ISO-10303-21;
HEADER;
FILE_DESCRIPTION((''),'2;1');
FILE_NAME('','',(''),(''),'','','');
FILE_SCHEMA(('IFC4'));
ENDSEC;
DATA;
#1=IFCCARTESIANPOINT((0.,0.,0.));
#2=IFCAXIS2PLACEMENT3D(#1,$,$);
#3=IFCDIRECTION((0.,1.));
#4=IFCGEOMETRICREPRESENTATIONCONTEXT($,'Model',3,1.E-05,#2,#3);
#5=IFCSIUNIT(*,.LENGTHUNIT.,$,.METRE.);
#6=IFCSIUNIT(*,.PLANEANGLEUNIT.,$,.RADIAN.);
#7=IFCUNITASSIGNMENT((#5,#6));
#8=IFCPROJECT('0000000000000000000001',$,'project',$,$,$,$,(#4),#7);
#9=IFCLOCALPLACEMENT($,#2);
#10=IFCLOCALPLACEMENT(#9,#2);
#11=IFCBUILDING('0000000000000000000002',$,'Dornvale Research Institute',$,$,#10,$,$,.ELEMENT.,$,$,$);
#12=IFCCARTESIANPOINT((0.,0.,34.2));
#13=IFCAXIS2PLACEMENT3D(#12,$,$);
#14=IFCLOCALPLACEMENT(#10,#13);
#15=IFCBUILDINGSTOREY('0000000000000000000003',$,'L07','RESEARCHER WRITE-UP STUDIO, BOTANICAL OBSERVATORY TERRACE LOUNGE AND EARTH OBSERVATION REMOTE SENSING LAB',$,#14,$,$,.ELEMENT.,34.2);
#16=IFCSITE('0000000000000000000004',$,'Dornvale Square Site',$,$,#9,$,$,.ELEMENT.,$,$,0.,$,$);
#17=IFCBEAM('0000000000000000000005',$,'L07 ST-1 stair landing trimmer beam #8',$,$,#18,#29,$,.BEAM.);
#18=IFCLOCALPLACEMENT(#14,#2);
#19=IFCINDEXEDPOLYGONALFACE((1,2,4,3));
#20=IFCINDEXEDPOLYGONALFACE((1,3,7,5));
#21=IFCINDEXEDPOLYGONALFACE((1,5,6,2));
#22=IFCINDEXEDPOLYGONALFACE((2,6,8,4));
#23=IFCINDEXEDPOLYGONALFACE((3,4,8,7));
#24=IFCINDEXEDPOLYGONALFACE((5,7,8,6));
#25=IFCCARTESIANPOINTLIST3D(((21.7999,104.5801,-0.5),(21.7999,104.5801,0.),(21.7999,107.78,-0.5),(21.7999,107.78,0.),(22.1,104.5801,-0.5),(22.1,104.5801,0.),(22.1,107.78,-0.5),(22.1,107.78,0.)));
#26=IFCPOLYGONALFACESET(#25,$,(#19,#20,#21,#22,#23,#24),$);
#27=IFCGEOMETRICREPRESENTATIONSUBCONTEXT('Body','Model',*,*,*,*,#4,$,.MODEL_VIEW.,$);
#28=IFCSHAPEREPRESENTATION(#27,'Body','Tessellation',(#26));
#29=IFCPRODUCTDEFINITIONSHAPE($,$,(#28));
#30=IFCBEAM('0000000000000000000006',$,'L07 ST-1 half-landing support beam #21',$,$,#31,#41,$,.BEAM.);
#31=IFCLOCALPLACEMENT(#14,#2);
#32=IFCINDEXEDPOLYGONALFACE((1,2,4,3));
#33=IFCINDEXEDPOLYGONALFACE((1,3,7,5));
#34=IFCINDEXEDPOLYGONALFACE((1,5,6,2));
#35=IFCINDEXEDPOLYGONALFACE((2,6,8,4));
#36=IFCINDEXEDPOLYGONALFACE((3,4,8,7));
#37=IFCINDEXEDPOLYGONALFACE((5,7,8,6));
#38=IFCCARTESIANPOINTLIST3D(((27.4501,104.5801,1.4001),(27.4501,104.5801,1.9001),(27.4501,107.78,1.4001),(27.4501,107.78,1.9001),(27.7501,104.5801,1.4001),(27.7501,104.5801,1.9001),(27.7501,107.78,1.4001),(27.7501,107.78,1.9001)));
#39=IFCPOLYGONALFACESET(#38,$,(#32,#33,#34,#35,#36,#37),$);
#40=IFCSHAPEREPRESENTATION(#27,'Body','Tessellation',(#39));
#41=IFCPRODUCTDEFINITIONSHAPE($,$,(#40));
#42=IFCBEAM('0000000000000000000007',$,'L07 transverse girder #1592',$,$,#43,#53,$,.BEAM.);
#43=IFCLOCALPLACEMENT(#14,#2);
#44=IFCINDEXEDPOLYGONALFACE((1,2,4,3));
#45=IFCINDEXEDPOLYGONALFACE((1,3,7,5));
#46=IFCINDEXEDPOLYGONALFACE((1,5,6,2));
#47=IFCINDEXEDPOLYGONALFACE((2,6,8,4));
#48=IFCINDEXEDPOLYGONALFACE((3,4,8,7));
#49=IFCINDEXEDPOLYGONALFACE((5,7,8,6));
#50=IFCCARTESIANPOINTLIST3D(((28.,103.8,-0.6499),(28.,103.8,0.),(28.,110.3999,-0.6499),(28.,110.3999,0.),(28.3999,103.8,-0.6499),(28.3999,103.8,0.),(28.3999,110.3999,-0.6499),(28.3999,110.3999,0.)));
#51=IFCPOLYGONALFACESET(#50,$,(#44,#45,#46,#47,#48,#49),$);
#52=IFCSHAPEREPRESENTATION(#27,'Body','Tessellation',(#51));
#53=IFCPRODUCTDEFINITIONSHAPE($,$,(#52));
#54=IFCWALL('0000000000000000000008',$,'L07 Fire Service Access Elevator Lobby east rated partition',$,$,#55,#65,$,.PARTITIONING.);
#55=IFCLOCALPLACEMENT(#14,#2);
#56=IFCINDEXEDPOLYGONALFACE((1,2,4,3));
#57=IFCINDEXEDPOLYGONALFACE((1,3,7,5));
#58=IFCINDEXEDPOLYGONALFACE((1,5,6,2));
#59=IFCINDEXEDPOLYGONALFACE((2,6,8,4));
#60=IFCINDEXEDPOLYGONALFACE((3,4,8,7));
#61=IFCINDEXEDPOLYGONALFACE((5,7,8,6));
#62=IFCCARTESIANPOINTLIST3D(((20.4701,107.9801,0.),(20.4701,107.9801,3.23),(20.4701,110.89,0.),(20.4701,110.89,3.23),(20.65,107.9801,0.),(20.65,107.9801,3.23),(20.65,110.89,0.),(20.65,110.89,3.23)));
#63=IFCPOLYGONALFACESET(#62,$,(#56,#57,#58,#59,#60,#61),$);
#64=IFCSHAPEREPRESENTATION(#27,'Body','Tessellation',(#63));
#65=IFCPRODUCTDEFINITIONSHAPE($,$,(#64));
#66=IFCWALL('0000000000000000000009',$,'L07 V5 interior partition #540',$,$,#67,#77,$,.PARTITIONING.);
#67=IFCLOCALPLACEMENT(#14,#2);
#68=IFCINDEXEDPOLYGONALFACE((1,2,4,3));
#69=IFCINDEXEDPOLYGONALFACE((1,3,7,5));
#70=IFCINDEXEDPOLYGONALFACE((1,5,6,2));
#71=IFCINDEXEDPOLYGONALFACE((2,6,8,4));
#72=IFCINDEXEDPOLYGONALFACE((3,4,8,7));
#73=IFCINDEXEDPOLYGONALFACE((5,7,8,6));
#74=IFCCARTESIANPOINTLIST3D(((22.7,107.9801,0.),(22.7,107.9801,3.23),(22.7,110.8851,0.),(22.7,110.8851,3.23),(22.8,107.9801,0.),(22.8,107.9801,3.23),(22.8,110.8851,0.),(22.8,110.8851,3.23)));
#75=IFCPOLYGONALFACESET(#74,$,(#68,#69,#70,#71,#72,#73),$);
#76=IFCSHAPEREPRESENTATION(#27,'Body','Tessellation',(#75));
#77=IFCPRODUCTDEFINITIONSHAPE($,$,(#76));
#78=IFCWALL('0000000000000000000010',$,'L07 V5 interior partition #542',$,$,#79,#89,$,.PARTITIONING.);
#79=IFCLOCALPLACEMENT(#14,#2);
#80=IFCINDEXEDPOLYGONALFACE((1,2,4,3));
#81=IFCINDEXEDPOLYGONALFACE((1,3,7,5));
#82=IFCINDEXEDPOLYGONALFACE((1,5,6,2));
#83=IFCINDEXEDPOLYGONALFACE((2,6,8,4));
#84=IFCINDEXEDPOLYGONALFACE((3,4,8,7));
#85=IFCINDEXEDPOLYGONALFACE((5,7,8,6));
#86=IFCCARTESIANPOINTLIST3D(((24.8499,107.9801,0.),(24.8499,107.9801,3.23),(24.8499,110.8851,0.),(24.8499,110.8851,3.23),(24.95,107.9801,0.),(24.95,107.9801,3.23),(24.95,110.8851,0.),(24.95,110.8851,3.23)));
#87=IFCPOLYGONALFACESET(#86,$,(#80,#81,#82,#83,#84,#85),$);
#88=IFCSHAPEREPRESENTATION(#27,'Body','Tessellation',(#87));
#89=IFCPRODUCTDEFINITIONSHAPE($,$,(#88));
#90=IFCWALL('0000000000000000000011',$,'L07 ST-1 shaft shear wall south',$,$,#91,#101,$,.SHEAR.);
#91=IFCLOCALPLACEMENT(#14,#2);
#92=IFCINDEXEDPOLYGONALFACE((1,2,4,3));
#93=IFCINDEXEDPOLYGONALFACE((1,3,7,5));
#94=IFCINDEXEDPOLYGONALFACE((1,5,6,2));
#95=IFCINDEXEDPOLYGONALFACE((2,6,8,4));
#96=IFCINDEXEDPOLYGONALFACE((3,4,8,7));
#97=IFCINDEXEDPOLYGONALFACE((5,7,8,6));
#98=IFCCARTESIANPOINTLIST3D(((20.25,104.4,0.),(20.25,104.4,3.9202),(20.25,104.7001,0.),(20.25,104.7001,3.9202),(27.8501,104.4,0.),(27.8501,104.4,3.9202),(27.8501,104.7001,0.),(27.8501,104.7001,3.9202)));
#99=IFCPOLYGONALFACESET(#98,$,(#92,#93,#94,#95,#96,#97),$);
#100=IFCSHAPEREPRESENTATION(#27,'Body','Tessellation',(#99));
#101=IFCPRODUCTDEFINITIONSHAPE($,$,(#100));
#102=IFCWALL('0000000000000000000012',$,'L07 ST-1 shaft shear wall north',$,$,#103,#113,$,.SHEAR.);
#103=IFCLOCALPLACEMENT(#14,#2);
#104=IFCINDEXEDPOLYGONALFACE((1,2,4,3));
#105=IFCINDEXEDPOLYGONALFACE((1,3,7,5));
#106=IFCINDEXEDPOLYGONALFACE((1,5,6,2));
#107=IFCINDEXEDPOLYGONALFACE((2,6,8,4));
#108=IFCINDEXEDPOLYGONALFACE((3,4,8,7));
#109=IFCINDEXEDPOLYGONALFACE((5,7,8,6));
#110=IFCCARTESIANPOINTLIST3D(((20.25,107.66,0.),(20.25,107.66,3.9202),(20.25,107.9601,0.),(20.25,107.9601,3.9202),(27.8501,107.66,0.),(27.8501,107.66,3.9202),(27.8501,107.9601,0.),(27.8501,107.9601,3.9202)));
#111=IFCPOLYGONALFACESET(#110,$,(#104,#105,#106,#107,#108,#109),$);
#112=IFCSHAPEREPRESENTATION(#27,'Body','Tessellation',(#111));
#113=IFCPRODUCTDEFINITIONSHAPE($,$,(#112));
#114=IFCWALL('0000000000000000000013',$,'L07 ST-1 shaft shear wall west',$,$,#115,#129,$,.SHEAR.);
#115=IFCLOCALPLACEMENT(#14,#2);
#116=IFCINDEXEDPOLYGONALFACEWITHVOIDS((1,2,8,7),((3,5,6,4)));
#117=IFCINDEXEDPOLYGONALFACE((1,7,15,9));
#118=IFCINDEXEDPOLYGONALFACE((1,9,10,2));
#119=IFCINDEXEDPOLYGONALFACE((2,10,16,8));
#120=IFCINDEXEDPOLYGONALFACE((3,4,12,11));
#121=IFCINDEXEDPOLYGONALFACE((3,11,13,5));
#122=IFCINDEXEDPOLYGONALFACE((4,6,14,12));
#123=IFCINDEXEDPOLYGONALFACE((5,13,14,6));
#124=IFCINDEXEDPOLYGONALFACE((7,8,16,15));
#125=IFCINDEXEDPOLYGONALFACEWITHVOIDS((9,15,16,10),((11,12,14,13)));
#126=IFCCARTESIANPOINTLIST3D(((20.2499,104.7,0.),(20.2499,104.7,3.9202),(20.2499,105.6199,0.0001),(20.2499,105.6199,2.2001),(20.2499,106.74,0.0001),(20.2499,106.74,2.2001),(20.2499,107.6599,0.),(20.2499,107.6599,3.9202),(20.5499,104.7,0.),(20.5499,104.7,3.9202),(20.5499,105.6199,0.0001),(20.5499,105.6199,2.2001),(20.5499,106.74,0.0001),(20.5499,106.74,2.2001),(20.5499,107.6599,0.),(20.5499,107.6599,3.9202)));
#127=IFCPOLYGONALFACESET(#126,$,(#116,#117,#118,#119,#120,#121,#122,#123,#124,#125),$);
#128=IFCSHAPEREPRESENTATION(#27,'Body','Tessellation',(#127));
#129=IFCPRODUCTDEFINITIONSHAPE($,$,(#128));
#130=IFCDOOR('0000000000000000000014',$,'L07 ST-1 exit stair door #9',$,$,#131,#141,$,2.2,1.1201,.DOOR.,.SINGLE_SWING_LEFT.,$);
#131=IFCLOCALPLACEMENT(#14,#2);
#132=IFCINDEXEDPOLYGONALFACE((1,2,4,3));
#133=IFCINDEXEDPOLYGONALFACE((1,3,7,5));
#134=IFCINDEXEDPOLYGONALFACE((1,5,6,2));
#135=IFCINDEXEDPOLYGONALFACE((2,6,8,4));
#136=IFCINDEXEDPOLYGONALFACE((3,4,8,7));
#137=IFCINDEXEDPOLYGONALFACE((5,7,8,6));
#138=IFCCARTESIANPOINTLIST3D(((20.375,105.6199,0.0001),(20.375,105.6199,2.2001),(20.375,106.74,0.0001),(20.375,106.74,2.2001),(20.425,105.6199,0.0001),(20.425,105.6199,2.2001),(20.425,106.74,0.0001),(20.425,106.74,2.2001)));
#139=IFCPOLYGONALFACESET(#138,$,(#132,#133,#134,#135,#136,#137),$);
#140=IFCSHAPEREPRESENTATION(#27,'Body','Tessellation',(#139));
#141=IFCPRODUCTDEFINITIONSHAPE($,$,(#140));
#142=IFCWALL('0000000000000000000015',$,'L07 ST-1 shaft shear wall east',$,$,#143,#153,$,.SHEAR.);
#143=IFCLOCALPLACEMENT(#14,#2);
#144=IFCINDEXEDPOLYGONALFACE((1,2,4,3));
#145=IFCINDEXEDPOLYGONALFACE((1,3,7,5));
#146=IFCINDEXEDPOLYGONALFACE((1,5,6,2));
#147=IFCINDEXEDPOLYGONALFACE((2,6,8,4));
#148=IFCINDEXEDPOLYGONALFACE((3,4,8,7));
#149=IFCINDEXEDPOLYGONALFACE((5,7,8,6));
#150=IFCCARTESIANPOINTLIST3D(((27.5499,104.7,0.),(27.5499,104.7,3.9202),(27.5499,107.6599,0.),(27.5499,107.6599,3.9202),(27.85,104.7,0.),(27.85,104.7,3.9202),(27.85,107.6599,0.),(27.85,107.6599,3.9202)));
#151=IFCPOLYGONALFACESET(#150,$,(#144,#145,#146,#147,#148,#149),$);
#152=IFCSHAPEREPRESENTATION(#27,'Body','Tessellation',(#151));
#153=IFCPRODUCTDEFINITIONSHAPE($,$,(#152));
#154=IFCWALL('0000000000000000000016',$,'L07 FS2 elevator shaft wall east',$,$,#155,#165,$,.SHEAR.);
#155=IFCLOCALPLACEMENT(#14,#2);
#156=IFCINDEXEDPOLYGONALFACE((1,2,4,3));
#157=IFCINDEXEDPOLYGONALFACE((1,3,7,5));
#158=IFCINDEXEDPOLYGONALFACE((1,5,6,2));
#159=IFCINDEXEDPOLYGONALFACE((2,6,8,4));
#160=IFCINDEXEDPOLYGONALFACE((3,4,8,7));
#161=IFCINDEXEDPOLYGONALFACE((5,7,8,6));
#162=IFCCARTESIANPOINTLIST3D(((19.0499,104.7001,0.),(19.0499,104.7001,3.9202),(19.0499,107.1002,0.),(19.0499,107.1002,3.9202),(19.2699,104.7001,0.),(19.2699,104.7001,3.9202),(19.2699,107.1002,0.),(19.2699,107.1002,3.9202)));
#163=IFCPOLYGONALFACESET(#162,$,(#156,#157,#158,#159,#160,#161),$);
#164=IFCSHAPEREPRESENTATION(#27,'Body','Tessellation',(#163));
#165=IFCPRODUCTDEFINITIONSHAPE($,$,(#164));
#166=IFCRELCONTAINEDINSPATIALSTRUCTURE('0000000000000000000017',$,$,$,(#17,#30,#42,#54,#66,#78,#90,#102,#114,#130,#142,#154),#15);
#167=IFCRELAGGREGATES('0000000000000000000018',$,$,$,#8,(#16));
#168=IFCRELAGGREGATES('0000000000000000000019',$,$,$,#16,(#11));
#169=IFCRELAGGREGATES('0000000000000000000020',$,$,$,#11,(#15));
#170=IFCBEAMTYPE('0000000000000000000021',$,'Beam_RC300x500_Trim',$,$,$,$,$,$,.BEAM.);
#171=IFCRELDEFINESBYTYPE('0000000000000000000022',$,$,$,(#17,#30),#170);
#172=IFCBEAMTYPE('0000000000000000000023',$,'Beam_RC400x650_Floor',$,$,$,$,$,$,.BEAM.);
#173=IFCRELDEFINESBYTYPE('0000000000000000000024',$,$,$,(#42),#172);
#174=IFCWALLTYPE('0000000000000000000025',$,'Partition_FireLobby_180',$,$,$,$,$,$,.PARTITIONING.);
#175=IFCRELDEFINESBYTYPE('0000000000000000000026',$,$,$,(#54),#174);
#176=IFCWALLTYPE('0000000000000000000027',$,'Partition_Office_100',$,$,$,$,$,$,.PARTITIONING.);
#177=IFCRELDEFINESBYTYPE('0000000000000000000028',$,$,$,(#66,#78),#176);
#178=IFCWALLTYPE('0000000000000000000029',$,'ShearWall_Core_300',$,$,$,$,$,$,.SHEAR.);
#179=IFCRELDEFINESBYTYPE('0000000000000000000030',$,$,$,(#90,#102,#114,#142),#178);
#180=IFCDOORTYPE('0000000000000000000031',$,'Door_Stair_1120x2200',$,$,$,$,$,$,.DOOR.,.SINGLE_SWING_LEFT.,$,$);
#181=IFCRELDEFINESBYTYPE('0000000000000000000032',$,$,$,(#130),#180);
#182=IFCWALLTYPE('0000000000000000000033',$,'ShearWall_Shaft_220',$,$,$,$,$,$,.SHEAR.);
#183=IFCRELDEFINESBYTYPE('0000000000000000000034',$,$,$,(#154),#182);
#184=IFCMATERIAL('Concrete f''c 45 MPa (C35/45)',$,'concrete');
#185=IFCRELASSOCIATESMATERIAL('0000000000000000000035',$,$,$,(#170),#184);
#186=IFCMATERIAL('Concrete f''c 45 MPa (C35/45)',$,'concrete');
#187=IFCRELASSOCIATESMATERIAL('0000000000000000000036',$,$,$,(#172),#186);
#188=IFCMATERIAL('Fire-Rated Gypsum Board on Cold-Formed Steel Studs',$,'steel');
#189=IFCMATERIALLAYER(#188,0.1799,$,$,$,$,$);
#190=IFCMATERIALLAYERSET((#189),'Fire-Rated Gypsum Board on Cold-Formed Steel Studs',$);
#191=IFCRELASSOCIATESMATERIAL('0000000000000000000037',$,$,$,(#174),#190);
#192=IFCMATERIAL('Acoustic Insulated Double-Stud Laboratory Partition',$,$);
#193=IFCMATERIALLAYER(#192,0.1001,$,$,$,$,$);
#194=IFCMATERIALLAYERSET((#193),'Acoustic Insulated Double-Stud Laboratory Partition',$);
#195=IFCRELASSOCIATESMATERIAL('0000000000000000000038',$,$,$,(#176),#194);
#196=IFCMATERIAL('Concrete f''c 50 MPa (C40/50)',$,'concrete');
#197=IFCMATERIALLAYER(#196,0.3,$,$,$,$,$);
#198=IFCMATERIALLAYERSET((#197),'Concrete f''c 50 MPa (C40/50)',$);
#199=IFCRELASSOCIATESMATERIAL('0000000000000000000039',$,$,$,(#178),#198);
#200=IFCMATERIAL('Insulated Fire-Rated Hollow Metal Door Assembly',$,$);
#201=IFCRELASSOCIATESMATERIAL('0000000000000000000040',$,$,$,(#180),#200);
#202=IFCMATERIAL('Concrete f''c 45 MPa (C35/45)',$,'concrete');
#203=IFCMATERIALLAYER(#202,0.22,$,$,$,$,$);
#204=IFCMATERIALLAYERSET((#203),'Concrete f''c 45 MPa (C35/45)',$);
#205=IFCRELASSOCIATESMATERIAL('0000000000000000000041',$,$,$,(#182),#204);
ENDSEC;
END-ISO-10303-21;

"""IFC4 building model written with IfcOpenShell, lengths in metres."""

from ifc_helpers import new_model, si_unit, direction, frame, frame_2d, origin, origin_2d, place, context, subcontext, project, spatial, rectangle, extrude, material, layer, layer_set, material_profile, profile_set, type_object, element, fill, save


model = new_model("IFC4")

# Units and contexts
model_context = context("Model", 3, precision=1e-05, world=origin(), true_north=direction((0.0, 1.0)))
body_context = subcontext(model_context, "Body", "Model", "MODEL_VIEW")
ifc_project = project(units=[si_unit("LENGTHUNIT", "METRE"), si_unit("PLANEANGLEUNIT", "RADIAN")], contexts=[model_context])

# Site, building, storey
site_placement = place(None, origin())
site = spatial("IfcSite", under=ifc_project, at=site_placement, Name="Dornvale Square Site", CompositionType="ELEMENT", RefElevation=0.0)
building_placement = place(site_placement, origin())
building = spatial("IfcBuilding", under=site, at=building_placement, Name="Dornvale Research Institute", CompositionType="ELEMENT")
storey_placement = place(building_placement, frame((0.0, 0.0, 34.2)))
storey = spatial("IfcBuildingStorey", under=building, at=storey_placement, Name="L07", Description="RESEARCHER WRITE-UP STUDIO, BOTANICAL OBSERVATORY TERRACE LOUNGE AND EARTH OBSERVATION REMOTE SENSING LAB", CompositionType="ELEMENT", Elevation=34.2)

# Beams
ifc_material_1 = material(Name="Concrete f'c 45 MPa (C35/45)", Category="concrete")
ifc_material_profile_1 = material_profile(ifc_material_1, rectangle(XDim=0.3, YDim=0.5, at=origin_2d()), Name="RC 300x500")
ifc_profile_set_1 = profile_set([ifc_material_profile_1], Name="Concrete f'c 45 MPa (C35/45)")
beam_type_1 = type_object("IfcBeamType", Name="Beam_RC300x500_Trim", PredefinedType="BEAM", material=ifc_profile_set_1)
for number, where, z_axis, x_axis, name in (
    (1, (21.95, 104.5801, -0.25), (0.0, 1.0, 0.0), (-1.0, 0.0, 0.0), "L07 ST-1 stair landing trimmer beam #8"),
    (2, (27.6001, 104.5801, 1.6501), (0.0, 1.0, 0.0), (-1.0, 0.0, 0.0), "L07 ST-1 half-landing support beam #21"),
):
    element("IfcBeam", number, at=place(storey_placement, frame(where, z_axis=z_axis, x_axis=x_axis)), inside=storey, type_object=beam_type_1, Name=name, PredefinedType="BEAM", context=body_context, shape_type="SweptSolid", body=[
        extrude(rectangle(XDim=0.3, YDim=0.5, at=origin_2d()), origin(), (0.0, 0.0, 1.0), 3.2),
    ])
ifc_material_2 = material(Name="Concrete f'c 45 MPa (C35/45)", Category="concrete")
ifc_material_profile_2 = material_profile(ifc_material_2, rectangle(XDim=0.3999, YDim=0.6499, at=origin_2d()), Name="RC 400x650")
ifc_profile_set_2 = profile_set([ifc_material_profile_2], Name="Concrete f'c 45 MPa (C35/45)")
beam_type_2 = type_object("IfcBeamType", Name="Beam_RC400x650_Floor", PredefinedType="BEAM", material=ifc_profile_set_2)
beam_placement = place(storey_placement, frame((28.2, 103.8, -0.325), z_axis=(0.0, 1.0, 0.0), x_axis=(-1.0, 0.0, 0.0)))
element("IfcBeam", 3, at=beam_placement, inside=storey, type_object=beam_type_2, Name="L07 transverse girder #1592", PredefinedType="BEAM", context=body_context, shape_type="SweptSolid", body=[
    extrude(rectangle(XDim=0.3999, YDim=0.6499, at=origin_2d()), origin(), (0.0, 0.0, 1.0), 6.5999),
])

# Walls
ifc_material_3 = material(Name="Fire-Rated Gypsum Board on Cold-Formed Steel Studs", Category="steel")
ifc_layer_1 = layer(ifc_material_3, 0.1799)
ifc_layer_set_1 = layer_set([ifc_layer_1], Name="Fire-Rated Gypsum Board on Cold-Formed Steel Studs")
wall_type_1 = type_object("IfcWallType", Name="Partition_FireLobby_180", PredefinedType="PARTITIONING", material=ifc_layer_set_1)
wall_1_placement = place(storey_placement, frame((20.5601, 107.98, 0.0), z_axis=(0.0, 0.0, 1.0), x_axis=(0.0, 1.0, 0.0)))
element("IfcWall", 4, at=wall_1_placement, inside=storey, type_object=wall_type_1, Name="L07 Fire Service Access Elevator Lobby east rated partition", PredefinedType="PARTITIONING", context=body_context, shape_type="SweptSolid", body=[
    extrude(rectangle(XDim=2.9099, YDim=0.1799, at=frame_2d((1.4551, 0.0))), origin(), (0.0, 0.0, 1.0), 3.23),
])
ifc_material_4 = material(Name="Acoustic Insulated Double-Stud Laboratory Partition")
ifc_layer_2 = layer(ifc_material_4, 0.1001)
ifc_layer_set_2 = layer_set([ifc_layer_2], Name="Acoustic Insulated Double-Stud Laboratory Partition")
wall_type_2 = type_object("IfcWallType", Name="Partition_Office_100", PredefinedType="PARTITIONING", material=ifc_layer_set_2)
for number, where, z_axis, x_axis, name in (
    (5, (22.75, 107.98, 0.0), (0.0, 0.0, 1.0), (0.0, 1.0, 0.0), "L07 V5 interior partition #540"),
    (6, (24.8999, 107.98, 0.0), (0.0, 0.0, 1.0), (0.0, 1.0, 0.0), "L07 V5 interior partition #542"),
):
    element("IfcWall", number, at=place(storey_placement, frame(where, z_axis=z_axis, x_axis=x_axis)), inside=storey, type_object=wall_type_2, Name=name, PredefinedType="PARTITIONING", context=body_context, shape_type="SweptSolid", body=[
        extrude(rectangle(XDim=2.905, YDim=0.1001, at=frame_2d((1.4526, 0.0))), origin(), (0.0, 0.0, 1.0), 3.23),
    ])
ifc_material_5 = material(Name="Concrete f'c 50 MPa (C40/50)", Category="concrete")
ifc_layer_3 = layer(ifc_material_5, 0.3)
ifc_layer_set_3 = layer_set([ifc_layer_3], Name="Concrete f'c 50 MPa (C40/50)")
wall_type_3 = type_object("IfcWallType", Name="ShearWall_Core_300", PredefinedType="SHEAR", material=ifc_layer_set_3)
for number, where, z_axis, x_axis, name in (
    (7, (20.25, 104.55, 0.0), (0.0, 0.0, 1.0), (1.0, 0.0, 0.0), "L07 ST-1 shaft shear wall south"),
    (8, (20.25, 107.8101, 0.0), (0.0, 0.0, 1.0), (1.0, 0.0, 0.0), "L07 ST-1 shaft shear wall north"),
):
    element("IfcWall", number, at=place(storey_placement, frame(where, z_axis=z_axis, x_axis=x_axis)), inside=storey, type_object=wall_type_3, Name=name, PredefinedType="SHEAR", context=body_context, shape_type="SweptSolid", body=[
        extrude(rectangle(XDim=7.6001, YDim=0.3, at=frame_2d((3.8, 0.0))), origin(), (0.0, 0.0, 1.0), 3.9202),
    ])

# Wall, opening, door
wall_2_placement = place(storey_placement, frame((20.3999, 104.7, 0.0), z_axis=(0.0, 0.0, 1.0), x_axis=(0.0, 1.0, 0.0)))
wall_2 = element("IfcWall", 9, at=wall_2_placement, inside=storey, type_object=wall_type_3, Name="L07 ST-1 shaft shear wall west", PredefinedType="SHEAR", context=body_context, shape_type="SweptSolid", body=[
    extrude(rectangle(XDim=2.96, YDim=0.3, at=frame_2d((1.48, 0.0))), origin(), (0.0, 0.0, 1.0), 3.9202),
])
opening_placement = place(wall_2_placement, frame((0.9199, 0.0, 0.0)))
opening = element("IfcOpeningElement", 10, at=opening_placement, cuts=wall_2, PredefinedType="OPENING", context=body_context, shape_type="SweptSolid", body=[
    extrude(rectangle(XDim=1.1201, YDim=2.2, at=frame_2d((0.5601, 1.1001))), frame((0.0, 0.165, 0.0), z_axis=(0.0, -1.0, 0.0), x_axis=(1.0, 0.0, 0.0)), (0.0, 0.0, 1.0), 0.3301),
])
ifc_material_6 = material(Name="Insulated Fire-Rated Hollow Metal Door Assembly")
door_type = type_object("IfcDoorType", Name="Door_Stair_1120x2200", OperationType="SINGLE_SWING_LEFT", PredefinedType="DOOR", material=ifc_material_6)
door_placement = place(opening_placement, origin())
door = element("IfcDoor", 11, at=door_placement, inside=storey, type_object=door_type, Name="L07 ST-1 exit stair door #9", OperationType="SINGLE_SWING_LEFT", OverallHeight=2.2, OverallWidth=1.1201, PredefinedType="DOOR", context=body_context, shape_type="SweptSolid", body=[
    extrude(rectangle(XDim=1.1201, YDim=2.2, at=frame_2d((0.5601, 1.1001))), frame((0.0, 0.0249, 0.0), z_axis=(0.0, -1.0, 0.0), x_axis=(1.0, 0.0, 0.0)), (0.0, 0.0, 1.0), 0.05),
])
fill(opening, door)

# Walls
wall_3_placement = place(storey_placement, frame((27.7, 104.7, 0.0), z_axis=(0.0, 0.0, 1.0), x_axis=(0.0, 1.0, 0.0)))
element("IfcWall", 12, at=wall_3_placement, inside=storey, type_object=wall_type_3, Name="L07 ST-1 shaft shear wall east", PredefinedType="SHEAR", context=body_context, shape_type="SweptSolid", body=[
    extrude(rectangle(XDim=2.96, YDim=0.3, at=frame_2d((1.48, 0.0))), origin(), (0.0, 0.0, 1.0), 3.9202),
])
ifc_material_7 = material(Name="Concrete f'c 45 MPa (C35/45)", Category="concrete")
ifc_layer_4 = layer(ifc_material_7, 0.22)
ifc_layer_set_4 = layer_set([ifc_layer_4], Name="Concrete f'c 45 MPa (C35/45)")
wall_type_4 = type_object("IfcWallType", Name="ShearWall_Shaft_220", PredefinedType="SHEAR", material=ifc_layer_set_4)
wall_4_placement = place(storey_placement, frame((19.1599, 104.7, 0.0), z_axis=(0.0, 0.0, 1.0), x_axis=(0.0, 1.0, 0.0)))
element("IfcWall", 13, at=wall_4_placement, inside=storey, type_object=wall_type_4, Name="L07 FS2 elevator shaft wall east", PredefinedType="SHEAR", context=body_context, shape_type="SweptSolid", body=[
    extrude(rectangle(XDim=2.4001, YDim=0.22, at=frame_2d((1.2002, 0.0))), origin(), (0.0, 0.0, 1.0), 3.9202),
])

save(model, "model.ifc")
